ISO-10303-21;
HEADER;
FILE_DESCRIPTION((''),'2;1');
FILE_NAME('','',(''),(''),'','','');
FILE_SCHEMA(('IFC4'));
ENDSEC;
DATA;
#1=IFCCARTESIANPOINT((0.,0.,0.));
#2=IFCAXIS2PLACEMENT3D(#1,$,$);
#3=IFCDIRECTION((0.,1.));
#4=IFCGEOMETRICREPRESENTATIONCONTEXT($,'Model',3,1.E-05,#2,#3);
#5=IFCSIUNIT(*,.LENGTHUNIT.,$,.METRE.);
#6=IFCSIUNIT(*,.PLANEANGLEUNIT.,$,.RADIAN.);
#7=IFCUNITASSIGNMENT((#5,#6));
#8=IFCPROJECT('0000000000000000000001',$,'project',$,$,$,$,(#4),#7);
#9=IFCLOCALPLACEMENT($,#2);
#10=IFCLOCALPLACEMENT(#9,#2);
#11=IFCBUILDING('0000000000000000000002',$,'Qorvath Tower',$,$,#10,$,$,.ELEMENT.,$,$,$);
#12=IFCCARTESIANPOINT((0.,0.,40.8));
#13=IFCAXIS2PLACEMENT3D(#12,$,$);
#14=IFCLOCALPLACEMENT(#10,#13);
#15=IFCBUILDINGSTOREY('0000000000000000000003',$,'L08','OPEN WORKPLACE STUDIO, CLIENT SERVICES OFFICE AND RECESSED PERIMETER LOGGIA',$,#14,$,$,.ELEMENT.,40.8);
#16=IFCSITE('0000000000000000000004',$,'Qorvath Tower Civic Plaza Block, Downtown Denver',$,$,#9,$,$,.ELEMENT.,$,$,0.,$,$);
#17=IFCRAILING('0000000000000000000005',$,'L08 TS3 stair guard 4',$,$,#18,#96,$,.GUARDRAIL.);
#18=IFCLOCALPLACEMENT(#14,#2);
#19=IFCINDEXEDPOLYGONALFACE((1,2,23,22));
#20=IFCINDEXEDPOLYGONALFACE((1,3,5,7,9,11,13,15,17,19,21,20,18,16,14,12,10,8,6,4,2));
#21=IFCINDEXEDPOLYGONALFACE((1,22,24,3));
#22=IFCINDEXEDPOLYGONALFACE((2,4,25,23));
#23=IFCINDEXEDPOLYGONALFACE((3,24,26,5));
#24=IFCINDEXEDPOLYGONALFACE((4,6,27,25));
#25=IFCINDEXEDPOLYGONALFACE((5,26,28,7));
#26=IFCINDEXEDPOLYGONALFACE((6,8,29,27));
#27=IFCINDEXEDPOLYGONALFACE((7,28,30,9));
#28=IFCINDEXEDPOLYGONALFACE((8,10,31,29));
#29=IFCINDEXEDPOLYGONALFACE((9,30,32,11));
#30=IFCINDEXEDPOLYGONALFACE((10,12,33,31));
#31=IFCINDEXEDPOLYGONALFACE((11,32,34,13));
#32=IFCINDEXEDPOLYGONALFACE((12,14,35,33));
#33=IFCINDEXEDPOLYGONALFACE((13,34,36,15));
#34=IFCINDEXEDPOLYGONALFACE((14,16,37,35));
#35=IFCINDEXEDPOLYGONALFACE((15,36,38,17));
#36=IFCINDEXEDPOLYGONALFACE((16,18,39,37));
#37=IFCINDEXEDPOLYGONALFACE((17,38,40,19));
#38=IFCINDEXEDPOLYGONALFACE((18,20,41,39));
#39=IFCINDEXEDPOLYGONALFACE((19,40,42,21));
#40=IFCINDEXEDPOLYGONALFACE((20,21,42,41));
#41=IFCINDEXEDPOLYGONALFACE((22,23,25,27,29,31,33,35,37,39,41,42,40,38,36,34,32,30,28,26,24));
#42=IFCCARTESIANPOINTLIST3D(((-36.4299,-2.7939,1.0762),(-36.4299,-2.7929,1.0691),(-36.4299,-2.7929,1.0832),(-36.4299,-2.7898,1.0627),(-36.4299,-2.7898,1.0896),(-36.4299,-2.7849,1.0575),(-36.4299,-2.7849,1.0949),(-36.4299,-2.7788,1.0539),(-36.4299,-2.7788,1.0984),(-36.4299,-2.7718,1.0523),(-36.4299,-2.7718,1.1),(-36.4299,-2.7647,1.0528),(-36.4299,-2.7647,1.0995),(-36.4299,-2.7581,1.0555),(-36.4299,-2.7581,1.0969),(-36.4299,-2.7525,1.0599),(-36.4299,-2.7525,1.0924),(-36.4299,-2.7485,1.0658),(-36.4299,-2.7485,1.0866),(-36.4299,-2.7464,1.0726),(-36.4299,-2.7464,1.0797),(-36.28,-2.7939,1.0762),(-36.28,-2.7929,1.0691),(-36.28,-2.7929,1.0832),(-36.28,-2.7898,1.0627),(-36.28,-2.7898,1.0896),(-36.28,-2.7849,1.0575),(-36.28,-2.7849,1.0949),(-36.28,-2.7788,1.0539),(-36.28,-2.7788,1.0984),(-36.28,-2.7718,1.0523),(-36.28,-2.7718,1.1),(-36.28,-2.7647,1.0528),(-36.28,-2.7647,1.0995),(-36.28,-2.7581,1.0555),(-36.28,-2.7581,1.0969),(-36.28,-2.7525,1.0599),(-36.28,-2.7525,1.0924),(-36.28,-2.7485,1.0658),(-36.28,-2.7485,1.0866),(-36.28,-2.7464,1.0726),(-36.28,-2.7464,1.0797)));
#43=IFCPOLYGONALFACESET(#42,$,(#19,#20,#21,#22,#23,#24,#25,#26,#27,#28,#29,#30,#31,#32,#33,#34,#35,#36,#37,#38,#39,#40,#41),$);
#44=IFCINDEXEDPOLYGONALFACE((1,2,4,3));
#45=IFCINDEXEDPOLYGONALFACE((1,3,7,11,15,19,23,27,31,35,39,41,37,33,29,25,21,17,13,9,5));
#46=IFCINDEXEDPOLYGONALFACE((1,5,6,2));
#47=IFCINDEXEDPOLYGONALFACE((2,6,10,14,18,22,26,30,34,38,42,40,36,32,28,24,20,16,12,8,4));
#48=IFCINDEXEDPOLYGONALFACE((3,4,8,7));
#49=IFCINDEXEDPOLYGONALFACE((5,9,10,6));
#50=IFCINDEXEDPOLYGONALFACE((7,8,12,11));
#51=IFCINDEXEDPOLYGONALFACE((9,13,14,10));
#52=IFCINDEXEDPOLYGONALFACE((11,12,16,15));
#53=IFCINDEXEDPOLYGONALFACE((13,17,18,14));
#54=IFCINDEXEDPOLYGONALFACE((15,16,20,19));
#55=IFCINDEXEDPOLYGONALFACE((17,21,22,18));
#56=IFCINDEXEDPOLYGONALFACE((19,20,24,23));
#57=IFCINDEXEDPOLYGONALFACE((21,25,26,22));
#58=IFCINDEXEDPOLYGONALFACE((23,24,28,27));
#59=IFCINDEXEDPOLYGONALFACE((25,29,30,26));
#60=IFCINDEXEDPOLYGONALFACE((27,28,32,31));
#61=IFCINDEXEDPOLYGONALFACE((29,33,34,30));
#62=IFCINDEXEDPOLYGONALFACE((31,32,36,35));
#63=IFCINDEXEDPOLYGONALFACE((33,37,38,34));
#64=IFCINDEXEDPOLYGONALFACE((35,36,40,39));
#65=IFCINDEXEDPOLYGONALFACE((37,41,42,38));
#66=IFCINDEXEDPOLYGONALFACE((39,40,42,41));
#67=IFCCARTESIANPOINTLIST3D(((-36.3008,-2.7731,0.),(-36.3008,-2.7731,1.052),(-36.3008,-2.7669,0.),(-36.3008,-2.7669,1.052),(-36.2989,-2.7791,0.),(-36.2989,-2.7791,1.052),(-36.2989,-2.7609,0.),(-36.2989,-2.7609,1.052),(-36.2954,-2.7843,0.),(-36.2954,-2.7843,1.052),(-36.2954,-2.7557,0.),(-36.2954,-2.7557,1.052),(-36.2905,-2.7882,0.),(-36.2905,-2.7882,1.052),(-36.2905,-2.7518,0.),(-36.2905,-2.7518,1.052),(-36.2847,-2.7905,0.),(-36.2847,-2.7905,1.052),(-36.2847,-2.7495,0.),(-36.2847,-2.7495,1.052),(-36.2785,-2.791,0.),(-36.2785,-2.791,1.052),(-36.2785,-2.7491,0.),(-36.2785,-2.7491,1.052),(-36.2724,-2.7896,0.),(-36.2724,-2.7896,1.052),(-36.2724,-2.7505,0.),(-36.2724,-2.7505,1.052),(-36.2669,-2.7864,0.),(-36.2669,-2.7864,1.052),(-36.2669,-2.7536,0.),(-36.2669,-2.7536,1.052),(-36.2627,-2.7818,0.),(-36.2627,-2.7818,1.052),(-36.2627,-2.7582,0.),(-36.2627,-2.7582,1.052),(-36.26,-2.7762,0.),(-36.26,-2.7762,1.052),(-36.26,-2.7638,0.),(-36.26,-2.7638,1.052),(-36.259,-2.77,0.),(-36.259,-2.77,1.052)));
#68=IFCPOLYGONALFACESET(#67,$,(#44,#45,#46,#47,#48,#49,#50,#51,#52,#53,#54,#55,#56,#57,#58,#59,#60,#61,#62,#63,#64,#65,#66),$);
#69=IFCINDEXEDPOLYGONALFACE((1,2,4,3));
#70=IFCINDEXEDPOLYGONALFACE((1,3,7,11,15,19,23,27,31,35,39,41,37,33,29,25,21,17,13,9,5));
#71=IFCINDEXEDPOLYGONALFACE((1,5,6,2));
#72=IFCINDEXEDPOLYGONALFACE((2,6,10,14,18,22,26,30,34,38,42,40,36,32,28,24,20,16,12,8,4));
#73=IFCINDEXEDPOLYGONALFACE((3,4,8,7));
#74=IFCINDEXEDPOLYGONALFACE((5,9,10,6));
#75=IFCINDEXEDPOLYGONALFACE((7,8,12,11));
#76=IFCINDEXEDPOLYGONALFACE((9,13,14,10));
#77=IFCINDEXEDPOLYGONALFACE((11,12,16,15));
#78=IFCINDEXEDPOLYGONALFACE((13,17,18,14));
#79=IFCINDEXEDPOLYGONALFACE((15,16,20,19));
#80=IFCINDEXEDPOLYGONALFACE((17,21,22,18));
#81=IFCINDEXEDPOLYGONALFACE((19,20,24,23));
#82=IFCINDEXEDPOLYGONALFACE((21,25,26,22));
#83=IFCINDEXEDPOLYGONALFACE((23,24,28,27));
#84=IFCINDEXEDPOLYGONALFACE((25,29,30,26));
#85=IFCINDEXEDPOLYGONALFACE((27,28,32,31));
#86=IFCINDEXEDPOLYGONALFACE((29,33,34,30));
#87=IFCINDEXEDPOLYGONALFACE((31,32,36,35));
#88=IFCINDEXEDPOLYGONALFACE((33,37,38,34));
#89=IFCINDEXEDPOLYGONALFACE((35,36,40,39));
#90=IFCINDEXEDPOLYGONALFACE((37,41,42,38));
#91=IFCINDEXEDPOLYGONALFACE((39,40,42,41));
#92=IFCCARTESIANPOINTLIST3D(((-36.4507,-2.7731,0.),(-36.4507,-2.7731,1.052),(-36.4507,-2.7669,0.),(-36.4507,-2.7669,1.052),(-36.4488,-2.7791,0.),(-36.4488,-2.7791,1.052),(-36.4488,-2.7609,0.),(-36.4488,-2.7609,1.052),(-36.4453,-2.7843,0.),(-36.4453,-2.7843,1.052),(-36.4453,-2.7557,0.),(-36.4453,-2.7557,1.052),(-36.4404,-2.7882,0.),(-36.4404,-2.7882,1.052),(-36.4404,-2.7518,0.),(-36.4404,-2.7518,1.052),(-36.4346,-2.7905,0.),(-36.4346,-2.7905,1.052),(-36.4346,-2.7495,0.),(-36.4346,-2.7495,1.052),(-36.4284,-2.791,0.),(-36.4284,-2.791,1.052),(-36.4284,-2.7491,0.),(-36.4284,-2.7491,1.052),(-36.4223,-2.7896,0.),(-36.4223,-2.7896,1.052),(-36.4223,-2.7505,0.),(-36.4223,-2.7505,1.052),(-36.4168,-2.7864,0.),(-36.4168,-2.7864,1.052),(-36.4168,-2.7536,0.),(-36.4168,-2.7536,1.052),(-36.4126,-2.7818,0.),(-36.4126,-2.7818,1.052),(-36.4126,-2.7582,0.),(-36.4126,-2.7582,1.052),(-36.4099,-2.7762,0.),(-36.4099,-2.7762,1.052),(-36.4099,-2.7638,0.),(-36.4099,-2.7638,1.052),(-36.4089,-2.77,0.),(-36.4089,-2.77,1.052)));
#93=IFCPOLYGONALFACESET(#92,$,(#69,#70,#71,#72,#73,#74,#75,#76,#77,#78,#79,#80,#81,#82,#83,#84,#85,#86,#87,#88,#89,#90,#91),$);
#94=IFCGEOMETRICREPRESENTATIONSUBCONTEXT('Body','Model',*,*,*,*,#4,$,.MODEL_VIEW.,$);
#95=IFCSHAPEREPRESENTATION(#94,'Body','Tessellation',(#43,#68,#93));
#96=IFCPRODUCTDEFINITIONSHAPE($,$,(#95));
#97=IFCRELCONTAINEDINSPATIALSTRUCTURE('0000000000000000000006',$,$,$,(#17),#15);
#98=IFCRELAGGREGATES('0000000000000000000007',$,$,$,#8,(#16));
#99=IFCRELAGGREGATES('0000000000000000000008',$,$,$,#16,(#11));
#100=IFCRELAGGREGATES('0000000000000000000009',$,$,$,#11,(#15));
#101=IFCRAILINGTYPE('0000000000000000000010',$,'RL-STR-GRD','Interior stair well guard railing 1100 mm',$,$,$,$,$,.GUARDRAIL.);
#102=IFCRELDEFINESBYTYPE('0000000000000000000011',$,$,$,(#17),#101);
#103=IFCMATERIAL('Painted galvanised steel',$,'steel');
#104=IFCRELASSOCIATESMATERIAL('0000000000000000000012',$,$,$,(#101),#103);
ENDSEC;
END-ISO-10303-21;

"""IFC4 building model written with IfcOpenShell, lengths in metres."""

from ifc_helpers import new_model, si_unit, direction, frame, origin, origin_2d, place, context, subcontext, project, spatial, circle, extrude, material, type_object, element, save


model = new_model("IFC4")

# Units and contexts
model_context = context("Model", 3, precision=1e-05, world=origin(), true_north=direction((0.0, 1.0)))
body_context = subcontext(model_context, "Body", "Model", "MODEL_VIEW")
ifc_project = project(units=[si_unit("LENGTHUNIT", "METRE"), si_unit("PLANEANGLEUNIT", "RADIAN")], contexts=[model_context])

# Site, building, storey
site_placement = place(None, origin())
site = spatial("IfcSite", under=ifc_project, at=site_placement, Name="Qorvath Tower Civic Plaza Block, Downtown Denver", CompositionType="ELEMENT", RefElevation=0.0)
building_placement = place(site_placement, origin())
building = spatial("IfcBuilding", under=site, at=building_placement, Name="Qorvath Tower", CompositionType="ELEMENT")
storey_placement = place(building_placement, frame((0.0, 0.0, 40.8)))
storey = spatial("IfcBuildingStorey", under=building, at=storey_placement, Name="L08", Description="OPEN WORKPLACE STUDIO, CLIENT SERVICES OFFICE AND RECESSED PERIMETER LOGGIA", CompositionType="ELEMENT", Elevation=40.8)

# Railing
ifc_material_1 = material(Name="Painted galvanised steel", Category="steel")
railing_type_1 = type_object("IfcRailingType", Name="RL-STR-GRD", Description="Interior stair well guard railing 1100 mm", PredefinedType="GUARDRAIL", material=ifc_material_1)
railing_1_placement = place(storey_placement, frame((-36.28, -2.77, 0.0)))
element("IfcRailing", 1, at=railing_1_placement, inside=storey, type_object=railing_type_1, Name="L08 TS3 stair guard 4", PredefinedType="GUARDRAIL", context=body_context, shape_type="SweptSolid", body=[
    extrude(circle(Radius=0.0239, at=origin_2d()), frame((0.0, 0.0, 1.0762), z_axis=(-1.0, 0.0, 0.0), x_axis=(0.0, -1.0, 0.0)), (0.0, 0.0, 1.0), 0.1499),
    extrude(circle(Radius=0.021, at=origin_2d()), origin(), (0.0, 0.0, 1.0), 1.052),
    extrude(circle(Radius=0.021, at=origin_2d()), frame((-0.1499, 0.0, 0.0)), (0.0, 0.0, 1.0), 1.052),
])

save(model, "model.ifc")
